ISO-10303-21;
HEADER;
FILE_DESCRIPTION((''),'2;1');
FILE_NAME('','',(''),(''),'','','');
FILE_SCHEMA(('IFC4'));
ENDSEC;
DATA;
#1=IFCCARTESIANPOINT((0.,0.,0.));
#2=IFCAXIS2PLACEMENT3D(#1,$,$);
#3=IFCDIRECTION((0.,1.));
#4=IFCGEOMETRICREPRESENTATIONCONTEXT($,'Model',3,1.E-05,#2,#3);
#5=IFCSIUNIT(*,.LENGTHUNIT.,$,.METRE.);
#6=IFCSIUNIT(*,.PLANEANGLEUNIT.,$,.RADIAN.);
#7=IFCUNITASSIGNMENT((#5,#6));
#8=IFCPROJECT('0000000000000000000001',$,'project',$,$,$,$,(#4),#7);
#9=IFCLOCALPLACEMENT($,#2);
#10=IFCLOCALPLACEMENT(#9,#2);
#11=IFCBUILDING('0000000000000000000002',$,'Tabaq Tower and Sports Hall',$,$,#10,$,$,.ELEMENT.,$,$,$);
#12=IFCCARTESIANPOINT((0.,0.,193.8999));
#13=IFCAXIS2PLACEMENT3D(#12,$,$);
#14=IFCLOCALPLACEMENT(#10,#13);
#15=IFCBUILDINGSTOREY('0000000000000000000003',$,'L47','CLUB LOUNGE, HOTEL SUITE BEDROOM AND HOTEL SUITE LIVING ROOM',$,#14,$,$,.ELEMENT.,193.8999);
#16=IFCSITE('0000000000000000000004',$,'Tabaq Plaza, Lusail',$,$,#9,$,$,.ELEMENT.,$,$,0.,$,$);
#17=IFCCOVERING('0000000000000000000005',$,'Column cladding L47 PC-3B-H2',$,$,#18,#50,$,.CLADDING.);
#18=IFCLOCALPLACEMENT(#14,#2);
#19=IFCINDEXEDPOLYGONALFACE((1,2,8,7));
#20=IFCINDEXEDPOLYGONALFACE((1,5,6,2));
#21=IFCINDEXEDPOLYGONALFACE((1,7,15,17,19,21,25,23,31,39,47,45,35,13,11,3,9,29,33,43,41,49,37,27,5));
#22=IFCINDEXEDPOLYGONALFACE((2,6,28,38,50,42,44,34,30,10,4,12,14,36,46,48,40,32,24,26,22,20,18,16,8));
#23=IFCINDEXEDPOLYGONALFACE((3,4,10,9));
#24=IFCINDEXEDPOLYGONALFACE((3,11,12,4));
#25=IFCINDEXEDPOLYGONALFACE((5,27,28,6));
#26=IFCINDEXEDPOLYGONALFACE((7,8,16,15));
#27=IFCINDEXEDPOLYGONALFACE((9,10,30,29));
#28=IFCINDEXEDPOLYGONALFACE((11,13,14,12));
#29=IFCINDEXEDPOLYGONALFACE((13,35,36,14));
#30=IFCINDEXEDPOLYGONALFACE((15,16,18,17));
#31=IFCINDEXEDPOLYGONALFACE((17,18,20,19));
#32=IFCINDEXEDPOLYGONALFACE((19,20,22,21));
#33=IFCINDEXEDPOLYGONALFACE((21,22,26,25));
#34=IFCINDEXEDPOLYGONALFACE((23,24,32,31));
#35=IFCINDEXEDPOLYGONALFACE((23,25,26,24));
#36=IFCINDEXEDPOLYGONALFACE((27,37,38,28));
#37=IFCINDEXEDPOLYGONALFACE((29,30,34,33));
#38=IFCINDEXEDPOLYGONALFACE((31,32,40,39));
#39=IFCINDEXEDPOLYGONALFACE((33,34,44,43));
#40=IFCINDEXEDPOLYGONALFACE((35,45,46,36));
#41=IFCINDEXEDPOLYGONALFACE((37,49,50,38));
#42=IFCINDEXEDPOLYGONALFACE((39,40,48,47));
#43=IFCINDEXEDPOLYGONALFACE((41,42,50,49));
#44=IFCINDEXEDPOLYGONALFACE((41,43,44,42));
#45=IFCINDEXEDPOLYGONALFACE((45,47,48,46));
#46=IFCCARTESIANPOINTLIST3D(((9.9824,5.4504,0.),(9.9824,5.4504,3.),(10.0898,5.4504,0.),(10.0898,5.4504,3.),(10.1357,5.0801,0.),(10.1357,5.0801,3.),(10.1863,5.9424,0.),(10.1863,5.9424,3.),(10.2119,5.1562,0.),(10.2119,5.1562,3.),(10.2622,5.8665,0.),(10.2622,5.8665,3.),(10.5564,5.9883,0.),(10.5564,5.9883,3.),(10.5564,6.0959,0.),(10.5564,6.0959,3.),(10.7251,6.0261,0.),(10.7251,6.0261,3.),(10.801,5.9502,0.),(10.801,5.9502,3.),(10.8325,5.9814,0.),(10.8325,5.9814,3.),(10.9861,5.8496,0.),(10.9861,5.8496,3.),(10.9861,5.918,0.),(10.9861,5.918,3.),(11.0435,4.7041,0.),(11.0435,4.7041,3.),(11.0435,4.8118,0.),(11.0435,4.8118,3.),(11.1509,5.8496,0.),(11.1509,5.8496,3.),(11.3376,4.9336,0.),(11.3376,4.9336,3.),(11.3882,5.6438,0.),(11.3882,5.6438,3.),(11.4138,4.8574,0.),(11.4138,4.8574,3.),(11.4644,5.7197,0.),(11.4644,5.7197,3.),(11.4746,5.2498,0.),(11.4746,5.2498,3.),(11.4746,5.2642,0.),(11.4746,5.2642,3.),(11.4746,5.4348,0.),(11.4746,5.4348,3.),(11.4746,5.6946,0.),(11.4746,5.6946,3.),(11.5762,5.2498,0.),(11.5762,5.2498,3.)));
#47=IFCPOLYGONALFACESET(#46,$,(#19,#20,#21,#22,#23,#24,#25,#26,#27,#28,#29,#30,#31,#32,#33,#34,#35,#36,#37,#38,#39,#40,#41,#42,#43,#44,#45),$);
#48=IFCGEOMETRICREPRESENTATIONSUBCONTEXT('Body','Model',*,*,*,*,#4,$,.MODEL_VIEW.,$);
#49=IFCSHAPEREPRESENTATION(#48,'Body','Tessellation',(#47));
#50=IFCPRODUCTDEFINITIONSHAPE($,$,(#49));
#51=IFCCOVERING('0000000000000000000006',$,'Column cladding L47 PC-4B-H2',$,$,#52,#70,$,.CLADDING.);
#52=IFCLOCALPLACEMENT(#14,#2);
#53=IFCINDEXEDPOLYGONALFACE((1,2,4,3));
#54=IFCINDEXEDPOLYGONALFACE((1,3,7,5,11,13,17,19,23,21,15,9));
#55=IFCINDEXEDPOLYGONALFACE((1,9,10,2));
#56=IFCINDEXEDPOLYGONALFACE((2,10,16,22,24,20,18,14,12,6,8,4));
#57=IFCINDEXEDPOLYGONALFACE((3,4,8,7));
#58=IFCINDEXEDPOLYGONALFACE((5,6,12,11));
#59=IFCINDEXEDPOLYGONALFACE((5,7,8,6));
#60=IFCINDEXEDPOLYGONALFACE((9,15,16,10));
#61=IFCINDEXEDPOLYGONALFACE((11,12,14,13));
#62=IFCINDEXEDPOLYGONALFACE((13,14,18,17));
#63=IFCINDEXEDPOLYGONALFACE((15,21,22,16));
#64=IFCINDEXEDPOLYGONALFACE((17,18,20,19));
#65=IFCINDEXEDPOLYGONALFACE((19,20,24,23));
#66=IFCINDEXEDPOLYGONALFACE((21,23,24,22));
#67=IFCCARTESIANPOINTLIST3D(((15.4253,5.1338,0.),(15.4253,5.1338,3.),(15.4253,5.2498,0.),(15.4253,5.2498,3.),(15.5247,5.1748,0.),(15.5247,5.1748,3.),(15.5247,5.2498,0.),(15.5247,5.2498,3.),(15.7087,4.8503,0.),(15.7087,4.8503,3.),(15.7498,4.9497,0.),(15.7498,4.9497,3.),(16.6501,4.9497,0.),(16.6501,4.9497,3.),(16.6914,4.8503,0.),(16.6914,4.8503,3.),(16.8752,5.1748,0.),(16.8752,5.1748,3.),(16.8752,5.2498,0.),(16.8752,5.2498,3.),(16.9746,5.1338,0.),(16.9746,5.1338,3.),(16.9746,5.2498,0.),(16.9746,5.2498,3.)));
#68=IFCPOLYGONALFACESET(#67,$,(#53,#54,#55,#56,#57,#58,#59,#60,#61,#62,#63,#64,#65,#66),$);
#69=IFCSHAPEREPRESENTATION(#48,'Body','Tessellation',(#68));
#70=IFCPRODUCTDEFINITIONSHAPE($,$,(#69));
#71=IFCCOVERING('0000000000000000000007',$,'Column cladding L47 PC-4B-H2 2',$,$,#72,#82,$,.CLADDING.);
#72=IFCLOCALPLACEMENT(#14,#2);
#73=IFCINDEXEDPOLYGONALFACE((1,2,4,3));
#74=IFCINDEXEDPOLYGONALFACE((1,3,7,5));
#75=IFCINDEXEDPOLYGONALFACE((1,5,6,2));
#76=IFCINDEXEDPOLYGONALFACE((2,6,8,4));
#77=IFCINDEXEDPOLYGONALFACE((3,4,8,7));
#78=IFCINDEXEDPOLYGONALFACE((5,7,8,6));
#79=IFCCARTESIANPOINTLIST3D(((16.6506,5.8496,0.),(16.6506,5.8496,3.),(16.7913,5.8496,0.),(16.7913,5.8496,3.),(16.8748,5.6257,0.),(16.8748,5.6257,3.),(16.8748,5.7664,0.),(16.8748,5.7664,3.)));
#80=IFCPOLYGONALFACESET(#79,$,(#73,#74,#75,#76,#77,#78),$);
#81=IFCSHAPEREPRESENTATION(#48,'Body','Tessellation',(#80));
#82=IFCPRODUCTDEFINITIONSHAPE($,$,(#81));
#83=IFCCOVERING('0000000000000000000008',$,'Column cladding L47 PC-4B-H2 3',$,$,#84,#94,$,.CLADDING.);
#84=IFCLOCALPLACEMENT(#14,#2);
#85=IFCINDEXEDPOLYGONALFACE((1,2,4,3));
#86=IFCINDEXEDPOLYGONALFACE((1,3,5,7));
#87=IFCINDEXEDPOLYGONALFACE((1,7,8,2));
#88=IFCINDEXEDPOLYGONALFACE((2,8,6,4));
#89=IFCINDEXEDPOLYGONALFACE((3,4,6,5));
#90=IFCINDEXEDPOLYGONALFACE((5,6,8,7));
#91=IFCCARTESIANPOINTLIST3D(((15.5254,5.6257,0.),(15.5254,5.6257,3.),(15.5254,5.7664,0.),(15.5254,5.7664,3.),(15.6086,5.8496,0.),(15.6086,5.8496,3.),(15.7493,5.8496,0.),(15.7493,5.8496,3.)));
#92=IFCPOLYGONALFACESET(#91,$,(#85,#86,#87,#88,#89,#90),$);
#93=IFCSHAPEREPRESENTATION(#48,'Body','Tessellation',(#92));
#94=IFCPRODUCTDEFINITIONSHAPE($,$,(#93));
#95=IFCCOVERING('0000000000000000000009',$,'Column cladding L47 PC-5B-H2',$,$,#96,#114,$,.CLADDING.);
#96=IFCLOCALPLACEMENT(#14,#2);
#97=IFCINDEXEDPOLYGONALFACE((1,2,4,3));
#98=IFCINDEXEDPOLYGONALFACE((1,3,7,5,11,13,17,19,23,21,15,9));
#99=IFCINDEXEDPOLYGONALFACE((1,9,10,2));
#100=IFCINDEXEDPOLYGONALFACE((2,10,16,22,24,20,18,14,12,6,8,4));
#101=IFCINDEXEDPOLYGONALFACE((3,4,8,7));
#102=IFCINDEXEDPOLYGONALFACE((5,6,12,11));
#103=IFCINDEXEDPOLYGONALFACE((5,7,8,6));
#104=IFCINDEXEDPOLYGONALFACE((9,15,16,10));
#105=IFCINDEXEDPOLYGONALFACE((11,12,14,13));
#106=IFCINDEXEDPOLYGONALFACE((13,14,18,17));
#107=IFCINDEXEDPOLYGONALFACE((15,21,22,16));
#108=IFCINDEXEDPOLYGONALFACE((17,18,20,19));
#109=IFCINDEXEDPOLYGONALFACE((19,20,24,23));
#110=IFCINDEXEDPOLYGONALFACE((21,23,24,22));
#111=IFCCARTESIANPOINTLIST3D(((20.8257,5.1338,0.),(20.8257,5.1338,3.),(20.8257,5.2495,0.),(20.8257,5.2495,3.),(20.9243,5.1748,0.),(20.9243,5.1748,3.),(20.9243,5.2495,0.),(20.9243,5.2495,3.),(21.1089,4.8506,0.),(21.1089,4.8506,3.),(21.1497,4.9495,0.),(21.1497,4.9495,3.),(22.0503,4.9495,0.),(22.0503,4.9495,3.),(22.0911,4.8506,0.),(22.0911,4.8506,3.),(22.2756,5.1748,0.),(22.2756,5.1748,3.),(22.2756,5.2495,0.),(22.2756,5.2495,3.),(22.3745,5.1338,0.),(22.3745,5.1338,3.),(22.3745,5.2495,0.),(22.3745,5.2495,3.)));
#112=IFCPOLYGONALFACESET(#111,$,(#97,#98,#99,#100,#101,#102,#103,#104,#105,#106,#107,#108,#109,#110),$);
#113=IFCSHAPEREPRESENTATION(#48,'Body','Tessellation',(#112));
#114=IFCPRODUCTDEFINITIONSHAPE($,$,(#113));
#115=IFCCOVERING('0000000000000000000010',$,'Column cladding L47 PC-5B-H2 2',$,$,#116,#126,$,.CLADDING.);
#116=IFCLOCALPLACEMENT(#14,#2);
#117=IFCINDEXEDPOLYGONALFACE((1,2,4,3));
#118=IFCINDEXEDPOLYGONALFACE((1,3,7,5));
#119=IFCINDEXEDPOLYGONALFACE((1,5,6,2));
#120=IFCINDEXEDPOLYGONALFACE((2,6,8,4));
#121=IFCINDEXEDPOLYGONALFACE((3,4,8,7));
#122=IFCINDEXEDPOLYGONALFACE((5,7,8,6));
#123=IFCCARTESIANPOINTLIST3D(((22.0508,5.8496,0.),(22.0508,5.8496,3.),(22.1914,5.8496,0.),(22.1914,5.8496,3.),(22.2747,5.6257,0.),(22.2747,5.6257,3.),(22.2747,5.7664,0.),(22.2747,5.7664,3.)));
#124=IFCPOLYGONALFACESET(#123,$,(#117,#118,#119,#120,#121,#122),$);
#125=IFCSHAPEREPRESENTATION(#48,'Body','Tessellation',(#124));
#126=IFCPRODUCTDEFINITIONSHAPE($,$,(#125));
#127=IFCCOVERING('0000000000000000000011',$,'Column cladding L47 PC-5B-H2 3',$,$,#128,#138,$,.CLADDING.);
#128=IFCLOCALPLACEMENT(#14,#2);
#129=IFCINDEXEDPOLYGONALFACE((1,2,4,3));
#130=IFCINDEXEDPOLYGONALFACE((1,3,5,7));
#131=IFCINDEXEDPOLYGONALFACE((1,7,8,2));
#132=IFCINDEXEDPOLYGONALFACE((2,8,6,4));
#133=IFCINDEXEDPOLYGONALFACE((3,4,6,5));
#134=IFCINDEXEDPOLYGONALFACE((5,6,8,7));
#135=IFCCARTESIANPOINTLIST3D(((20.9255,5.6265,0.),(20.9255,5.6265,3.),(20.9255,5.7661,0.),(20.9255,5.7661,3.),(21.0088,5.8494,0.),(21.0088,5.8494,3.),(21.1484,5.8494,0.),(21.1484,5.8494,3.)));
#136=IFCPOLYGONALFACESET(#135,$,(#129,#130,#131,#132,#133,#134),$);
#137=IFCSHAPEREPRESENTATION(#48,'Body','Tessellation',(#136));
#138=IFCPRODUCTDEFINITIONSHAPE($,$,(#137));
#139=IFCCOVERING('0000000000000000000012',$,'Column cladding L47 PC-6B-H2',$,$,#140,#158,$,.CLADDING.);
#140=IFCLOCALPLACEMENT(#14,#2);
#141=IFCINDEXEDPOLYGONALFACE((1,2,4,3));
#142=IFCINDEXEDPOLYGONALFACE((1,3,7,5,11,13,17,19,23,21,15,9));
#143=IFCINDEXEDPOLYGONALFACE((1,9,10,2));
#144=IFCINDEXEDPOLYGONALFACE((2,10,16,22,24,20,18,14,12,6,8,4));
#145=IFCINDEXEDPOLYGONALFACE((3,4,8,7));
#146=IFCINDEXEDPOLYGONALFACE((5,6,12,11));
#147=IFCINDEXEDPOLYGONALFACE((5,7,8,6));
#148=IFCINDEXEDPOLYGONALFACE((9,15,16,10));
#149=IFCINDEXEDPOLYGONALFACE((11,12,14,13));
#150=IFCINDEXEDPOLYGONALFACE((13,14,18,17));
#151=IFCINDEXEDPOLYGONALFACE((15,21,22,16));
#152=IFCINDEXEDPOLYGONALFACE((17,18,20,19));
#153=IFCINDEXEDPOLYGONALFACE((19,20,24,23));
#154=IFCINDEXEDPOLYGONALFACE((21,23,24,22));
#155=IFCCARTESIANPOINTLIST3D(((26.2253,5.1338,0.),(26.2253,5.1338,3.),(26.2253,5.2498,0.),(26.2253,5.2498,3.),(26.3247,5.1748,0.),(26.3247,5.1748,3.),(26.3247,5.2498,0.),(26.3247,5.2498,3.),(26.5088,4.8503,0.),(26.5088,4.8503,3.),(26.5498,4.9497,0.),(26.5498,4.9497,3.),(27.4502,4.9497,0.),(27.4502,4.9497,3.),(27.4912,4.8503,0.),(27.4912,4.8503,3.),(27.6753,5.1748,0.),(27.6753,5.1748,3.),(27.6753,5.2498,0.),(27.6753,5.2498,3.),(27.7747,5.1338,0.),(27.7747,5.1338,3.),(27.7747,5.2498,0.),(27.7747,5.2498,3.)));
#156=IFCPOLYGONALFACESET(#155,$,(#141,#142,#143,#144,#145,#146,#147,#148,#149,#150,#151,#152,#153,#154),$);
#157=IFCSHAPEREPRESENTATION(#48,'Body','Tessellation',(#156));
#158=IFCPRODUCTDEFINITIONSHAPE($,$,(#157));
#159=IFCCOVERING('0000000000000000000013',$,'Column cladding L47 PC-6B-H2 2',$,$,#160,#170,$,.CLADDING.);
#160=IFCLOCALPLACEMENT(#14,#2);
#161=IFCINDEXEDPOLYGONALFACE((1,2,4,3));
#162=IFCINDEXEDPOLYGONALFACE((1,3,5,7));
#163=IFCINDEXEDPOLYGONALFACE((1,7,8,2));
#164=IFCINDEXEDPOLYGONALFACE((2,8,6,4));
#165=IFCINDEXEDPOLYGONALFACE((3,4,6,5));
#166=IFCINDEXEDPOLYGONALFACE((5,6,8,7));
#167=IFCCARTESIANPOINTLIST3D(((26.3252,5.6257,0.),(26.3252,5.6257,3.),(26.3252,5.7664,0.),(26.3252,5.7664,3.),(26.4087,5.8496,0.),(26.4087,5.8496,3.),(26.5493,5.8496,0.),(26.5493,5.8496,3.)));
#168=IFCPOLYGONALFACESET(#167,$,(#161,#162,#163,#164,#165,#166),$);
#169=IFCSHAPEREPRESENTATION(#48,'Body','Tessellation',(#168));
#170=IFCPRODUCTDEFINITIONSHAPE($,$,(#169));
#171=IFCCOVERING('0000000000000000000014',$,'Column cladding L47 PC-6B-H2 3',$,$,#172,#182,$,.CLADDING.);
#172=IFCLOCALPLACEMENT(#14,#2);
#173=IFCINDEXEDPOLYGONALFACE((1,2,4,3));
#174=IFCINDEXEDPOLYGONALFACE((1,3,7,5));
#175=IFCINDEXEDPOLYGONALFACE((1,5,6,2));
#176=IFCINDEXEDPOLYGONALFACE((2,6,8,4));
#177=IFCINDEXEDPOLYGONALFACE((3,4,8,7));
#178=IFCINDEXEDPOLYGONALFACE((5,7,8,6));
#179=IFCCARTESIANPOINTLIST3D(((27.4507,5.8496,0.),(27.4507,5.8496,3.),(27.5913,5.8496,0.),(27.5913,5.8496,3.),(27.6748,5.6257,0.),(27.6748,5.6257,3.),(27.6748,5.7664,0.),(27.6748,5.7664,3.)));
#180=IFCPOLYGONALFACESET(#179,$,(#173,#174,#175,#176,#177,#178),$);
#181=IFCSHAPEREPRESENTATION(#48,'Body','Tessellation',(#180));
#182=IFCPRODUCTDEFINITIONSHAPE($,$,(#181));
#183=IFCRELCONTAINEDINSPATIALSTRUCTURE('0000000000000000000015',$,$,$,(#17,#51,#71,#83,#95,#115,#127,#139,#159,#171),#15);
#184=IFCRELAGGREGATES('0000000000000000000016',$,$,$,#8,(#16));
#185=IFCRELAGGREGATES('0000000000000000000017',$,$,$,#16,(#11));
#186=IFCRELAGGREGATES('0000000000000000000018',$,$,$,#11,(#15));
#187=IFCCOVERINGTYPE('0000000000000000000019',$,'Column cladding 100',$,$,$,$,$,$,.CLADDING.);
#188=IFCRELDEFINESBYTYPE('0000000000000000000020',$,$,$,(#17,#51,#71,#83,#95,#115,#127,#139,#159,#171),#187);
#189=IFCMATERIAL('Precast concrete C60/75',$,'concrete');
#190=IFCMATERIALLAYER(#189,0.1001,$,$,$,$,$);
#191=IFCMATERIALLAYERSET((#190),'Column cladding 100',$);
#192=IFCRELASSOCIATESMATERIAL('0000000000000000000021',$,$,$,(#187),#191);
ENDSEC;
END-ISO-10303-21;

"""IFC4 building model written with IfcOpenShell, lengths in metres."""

from ifc_helpers import new_model, si_unit, direction, frame, origin, place, context, subcontext, project, spatial, polyline, outline, extrude, material, layer, layer_set, type_object, element, save


model = new_model("IFC4")

# Units and contexts
model_context = context("Model", 3, precision=1e-05, world=origin(), true_north=direction((0.0, 1.0)))
body_context = subcontext(model_context, "Body", "Model", "MODEL_VIEW")
ifc_project = project(units=[si_unit("LENGTHUNIT", "METRE"), si_unit("PLANEANGLEUNIT", "RADIAN")], contexts=[model_context])

# Site, building, storey
site_placement = place(None, origin())
site = spatial("IfcSite", under=ifc_project, at=site_placement, Name="Tabaq Plaza, Lusail", CompositionType="ELEMENT", RefElevation=0.0)
building_placement = place(site_placement, origin())
building = spatial("IfcBuilding", under=site, at=building_placement, Name="Tabaq Tower and Sports Hall", CompositionType="ELEMENT")
storey_placement = place(building_placement, frame((0.0, 0.0, 193.8999)))
storey = spatial("IfcBuildingStorey", under=building, at=storey_placement, Name="L47", Description="CLUB LOUNGE, HOTEL SUITE BEDROOM AND HOTEL SUITE LIVING ROOM", CompositionType="ELEMENT", Elevation=193.8999)

# Coverings
ifc_material_1 = material(Name="Precast concrete C60/75", Category="concrete")
ifc_layer_1 = layer(ifc_material_1, 0.1001)
ifc_layer_set_1 = layer_set([ifc_layer_1], Name="Column cladding 100")
covering_type = type_object("IfcCoveringType", Name="Column cladding 100", PredefinedType="CLADDING", material=ifc_layer_set_1)
covering_1_placement = place(storey_placement, origin())
element("IfcCovering", 1, at=covering_1_placement, inside=storey, type_object=covering_type, Name="Column cladding L47 PC-3B-H2", PredefinedType="CLADDING", context=body_context, shape_type="SweptSolid", body=[
    extrude(outline(polyline([(11.4138, 4.8574), (11.0435, 4.7041), (10.1357, 5.0801), (9.9824, 5.4504), (10.1863, 5.9424), (10.5564, 6.0959), (10.7251, 6.0261), (10.801, 5.9502), (10.8325, 5.9814), (10.9861, 5.918), (10.9861, 5.8496), (11.1509, 5.8496), (11.4644, 5.7197), (11.4746, 5.6946), (11.4746, 5.4348), (11.3882, 5.6438), (10.5564, 5.9883), (10.2622, 5.8665), (10.0898, 5.4504), (10.2119, 5.1562), (11.0435, 4.8118), (11.3376, 4.9336), (11.4746, 5.2642), (11.4746, 5.2498), (11.5762, 5.2498), (11.4138, 4.8574)])), origin(), (0.0, 0.0, 1.0), 3.0),
])
covering_2_placement = place(storey_placement, origin())
element("IfcCovering", 2, at=covering_2_placement, inside=storey, type_object=covering_type, Name="Column cladding L47 PC-4B-H2", PredefinedType="CLADDING", context=body_context, shape_type="SweptSolid", body=[
    extrude(outline(polyline([(15.4253, 5.2498), (15.5247, 5.2498), (15.5247, 5.1748), (15.7498, 4.9497), (16.6501, 4.9497), (16.8752, 5.1748), (16.8752, 5.2498), (16.9746, 5.2498), (16.9746, 5.1338), (16.6914, 4.8503), (15.7087, 4.8503), (15.4253, 5.1338), (15.4253, 5.2498)])), origin(), (0.0, 0.0, 1.0), 3.0),
])
covering_3_placement = place(storey_placement, origin())
element("IfcCovering", 3, at=covering_3_placement, inside=storey, type_object=covering_type, Name="Column cladding L47 PC-4B-H2 2", PredefinedType="CLADDING", context=body_context, shape_type="SweptSolid", body=[
    extrude(outline(polyline([(16.8748, 5.7664), (16.8748, 5.6257), (16.6506, 5.8496), (16.7913, 5.8496), (16.8748, 5.7664)])), origin(), (0.0, 0.0, 1.0), 3.0),
])
covering_4_placement = place(storey_placement, origin())
element("IfcCovering", 4, at=covering_4_placement, inside=storey, type_object=covering_type, Name="Column cladding L47 PC-4B-H2 3", PredefinedType="CLADDING", context=body_context, shape_type="SweptSolid", body=[
    extrude(outline(polyline([(15.6086, 5.8496), (15.7493, 5.8496), (15.5254, 5.6257), (15.5254, 5.7664), (15.6086, 5.8496)])), origin(), (0.0, 0.0, 1.0), 3.0),
])
covering_5_placement = place(storey_placement, origin())
element("IfcCovering", 5, at=covering_5_placement, inside=storey, type_object=covering_type, Name="Column cladding L47 PC-5B-H2", PredefinedType="CLADDING", context=body_context, shape_type="SweptSolid", body=[
    extrude(outline(polyline([(20.8257, 5.2495), (20.9243, 5.2495), (20.9243, 5.1748), (21.1497, 4.9495), (22.0503, 4.9495), (22.2756, 5.1748), (22.2756, 5.2495), (22.3745, 5.2495), (22.3745, 5.1338), (22.0911, 4.8506), (21.1089, 4.8506), (20.8257, 5.1338), (20.8257, 5.2495)])), origin(), (0.0, 0.0, 1.0), 3.0),
])
covering_6_placement = place(storey_placement, origin())
element("IfcCovering", 6, at=covering_6_placement, inside=storey, type_object=covering_type, Name="Column cladding L47 PC-5B-H2 2", PredefinedType="CLADDING", context=body_context, shape_type="SweptSolid", body=[
    extrude(outline(polyline([(22.2747, 5.7664), (22.2747, 5.6257), (22.0508, 5.8496), (22.1914, 5.8496), (22.2747, 5.7664)])), origin(), (0.0, 0.0, 1.0), 3.0),
])
covering_7_placement = place(storey_placement, origin())
element("IfcCovering", 7, at=covering_7_placement, inside=storey, type_object=covering_type, Name="Column cladding L47 PC-5B-H2 3", PredefinedType="CLADDING", context=body_context, shape_type="SweptSolid", body=[
    extrude(outline(polyline([(20.9255, 5.6265), (20.9255, 5.7661), (21.0088, 5.8494), (21.1484, 5.8494), (20.9255, 5.6265)])), origin(), (0.0, 0.0, 1.0), 3.0),
])
covering_8_placement = place(storey_placement, origin())
element("IfcCovering", 8, at=covering_8_placement, inside=storey, type_object=covering_type, Name="Column cladding L47 PC-6B-H2", PredefinedType="CLADDING", context=body_context, shape_type="SweptSolid", body=[
    extrude(outline(polyline([(26.2253, 5.2498), (26.3247, 5.2498), (26.3247, 5.1748), (26.5498, 4.9497), (27.4502, 4.9497), (27.6753, 5.1748), (27.6753, 5.2498), (27.7747, 5.2498), (27.7747, 5.1338), (27.4912, 4.8503), (26.5088, 4.8503), (26.2253, 5.1338), (26.2253, 5.2498)])), origin(), (0.0, 0.0, 1.0), 3.0),
])
covering_9_placement = place(storey_placement, origin())
element("IfcCovering", 9, at=covering_9_placement, inside=storey, type_object=covering_type, Name="Column cladding L47 PC-6B-H2 2", PredefinedType="CLADDING", context=body_context, shape_type="SweptSolid", body=[
    extrude(outline(polyline([(26.4087, 5.8496), (26.5493, 5.8496), (26.3252, 5.6257), (26.3252, 5.7664), (26.4087, 5.8496)])), origin(), (0.0, 0.0, 1.0), 3.0),
])
covering_10_placement = place(storey_placement, origin())
element("IfcCovering", 10, at=covering_10_placement, inside=storey, type_object=covering_type, Name="Column cladding L47 PC-6B-H2 3", PredefinedType="CLADDING", context=body_context, shape_type="SweptSolid", body=[
    extrude(outline(polyline([(27.6748, 5.7664), (27.6748, 5.6257), (27.4507, 5.8496), (27.5913, 5.8496), (27.6748, 5.7664)])), origin(), (0.0, 0.0, 1.0), 3.0),
])

save(model, "model.ifc")
